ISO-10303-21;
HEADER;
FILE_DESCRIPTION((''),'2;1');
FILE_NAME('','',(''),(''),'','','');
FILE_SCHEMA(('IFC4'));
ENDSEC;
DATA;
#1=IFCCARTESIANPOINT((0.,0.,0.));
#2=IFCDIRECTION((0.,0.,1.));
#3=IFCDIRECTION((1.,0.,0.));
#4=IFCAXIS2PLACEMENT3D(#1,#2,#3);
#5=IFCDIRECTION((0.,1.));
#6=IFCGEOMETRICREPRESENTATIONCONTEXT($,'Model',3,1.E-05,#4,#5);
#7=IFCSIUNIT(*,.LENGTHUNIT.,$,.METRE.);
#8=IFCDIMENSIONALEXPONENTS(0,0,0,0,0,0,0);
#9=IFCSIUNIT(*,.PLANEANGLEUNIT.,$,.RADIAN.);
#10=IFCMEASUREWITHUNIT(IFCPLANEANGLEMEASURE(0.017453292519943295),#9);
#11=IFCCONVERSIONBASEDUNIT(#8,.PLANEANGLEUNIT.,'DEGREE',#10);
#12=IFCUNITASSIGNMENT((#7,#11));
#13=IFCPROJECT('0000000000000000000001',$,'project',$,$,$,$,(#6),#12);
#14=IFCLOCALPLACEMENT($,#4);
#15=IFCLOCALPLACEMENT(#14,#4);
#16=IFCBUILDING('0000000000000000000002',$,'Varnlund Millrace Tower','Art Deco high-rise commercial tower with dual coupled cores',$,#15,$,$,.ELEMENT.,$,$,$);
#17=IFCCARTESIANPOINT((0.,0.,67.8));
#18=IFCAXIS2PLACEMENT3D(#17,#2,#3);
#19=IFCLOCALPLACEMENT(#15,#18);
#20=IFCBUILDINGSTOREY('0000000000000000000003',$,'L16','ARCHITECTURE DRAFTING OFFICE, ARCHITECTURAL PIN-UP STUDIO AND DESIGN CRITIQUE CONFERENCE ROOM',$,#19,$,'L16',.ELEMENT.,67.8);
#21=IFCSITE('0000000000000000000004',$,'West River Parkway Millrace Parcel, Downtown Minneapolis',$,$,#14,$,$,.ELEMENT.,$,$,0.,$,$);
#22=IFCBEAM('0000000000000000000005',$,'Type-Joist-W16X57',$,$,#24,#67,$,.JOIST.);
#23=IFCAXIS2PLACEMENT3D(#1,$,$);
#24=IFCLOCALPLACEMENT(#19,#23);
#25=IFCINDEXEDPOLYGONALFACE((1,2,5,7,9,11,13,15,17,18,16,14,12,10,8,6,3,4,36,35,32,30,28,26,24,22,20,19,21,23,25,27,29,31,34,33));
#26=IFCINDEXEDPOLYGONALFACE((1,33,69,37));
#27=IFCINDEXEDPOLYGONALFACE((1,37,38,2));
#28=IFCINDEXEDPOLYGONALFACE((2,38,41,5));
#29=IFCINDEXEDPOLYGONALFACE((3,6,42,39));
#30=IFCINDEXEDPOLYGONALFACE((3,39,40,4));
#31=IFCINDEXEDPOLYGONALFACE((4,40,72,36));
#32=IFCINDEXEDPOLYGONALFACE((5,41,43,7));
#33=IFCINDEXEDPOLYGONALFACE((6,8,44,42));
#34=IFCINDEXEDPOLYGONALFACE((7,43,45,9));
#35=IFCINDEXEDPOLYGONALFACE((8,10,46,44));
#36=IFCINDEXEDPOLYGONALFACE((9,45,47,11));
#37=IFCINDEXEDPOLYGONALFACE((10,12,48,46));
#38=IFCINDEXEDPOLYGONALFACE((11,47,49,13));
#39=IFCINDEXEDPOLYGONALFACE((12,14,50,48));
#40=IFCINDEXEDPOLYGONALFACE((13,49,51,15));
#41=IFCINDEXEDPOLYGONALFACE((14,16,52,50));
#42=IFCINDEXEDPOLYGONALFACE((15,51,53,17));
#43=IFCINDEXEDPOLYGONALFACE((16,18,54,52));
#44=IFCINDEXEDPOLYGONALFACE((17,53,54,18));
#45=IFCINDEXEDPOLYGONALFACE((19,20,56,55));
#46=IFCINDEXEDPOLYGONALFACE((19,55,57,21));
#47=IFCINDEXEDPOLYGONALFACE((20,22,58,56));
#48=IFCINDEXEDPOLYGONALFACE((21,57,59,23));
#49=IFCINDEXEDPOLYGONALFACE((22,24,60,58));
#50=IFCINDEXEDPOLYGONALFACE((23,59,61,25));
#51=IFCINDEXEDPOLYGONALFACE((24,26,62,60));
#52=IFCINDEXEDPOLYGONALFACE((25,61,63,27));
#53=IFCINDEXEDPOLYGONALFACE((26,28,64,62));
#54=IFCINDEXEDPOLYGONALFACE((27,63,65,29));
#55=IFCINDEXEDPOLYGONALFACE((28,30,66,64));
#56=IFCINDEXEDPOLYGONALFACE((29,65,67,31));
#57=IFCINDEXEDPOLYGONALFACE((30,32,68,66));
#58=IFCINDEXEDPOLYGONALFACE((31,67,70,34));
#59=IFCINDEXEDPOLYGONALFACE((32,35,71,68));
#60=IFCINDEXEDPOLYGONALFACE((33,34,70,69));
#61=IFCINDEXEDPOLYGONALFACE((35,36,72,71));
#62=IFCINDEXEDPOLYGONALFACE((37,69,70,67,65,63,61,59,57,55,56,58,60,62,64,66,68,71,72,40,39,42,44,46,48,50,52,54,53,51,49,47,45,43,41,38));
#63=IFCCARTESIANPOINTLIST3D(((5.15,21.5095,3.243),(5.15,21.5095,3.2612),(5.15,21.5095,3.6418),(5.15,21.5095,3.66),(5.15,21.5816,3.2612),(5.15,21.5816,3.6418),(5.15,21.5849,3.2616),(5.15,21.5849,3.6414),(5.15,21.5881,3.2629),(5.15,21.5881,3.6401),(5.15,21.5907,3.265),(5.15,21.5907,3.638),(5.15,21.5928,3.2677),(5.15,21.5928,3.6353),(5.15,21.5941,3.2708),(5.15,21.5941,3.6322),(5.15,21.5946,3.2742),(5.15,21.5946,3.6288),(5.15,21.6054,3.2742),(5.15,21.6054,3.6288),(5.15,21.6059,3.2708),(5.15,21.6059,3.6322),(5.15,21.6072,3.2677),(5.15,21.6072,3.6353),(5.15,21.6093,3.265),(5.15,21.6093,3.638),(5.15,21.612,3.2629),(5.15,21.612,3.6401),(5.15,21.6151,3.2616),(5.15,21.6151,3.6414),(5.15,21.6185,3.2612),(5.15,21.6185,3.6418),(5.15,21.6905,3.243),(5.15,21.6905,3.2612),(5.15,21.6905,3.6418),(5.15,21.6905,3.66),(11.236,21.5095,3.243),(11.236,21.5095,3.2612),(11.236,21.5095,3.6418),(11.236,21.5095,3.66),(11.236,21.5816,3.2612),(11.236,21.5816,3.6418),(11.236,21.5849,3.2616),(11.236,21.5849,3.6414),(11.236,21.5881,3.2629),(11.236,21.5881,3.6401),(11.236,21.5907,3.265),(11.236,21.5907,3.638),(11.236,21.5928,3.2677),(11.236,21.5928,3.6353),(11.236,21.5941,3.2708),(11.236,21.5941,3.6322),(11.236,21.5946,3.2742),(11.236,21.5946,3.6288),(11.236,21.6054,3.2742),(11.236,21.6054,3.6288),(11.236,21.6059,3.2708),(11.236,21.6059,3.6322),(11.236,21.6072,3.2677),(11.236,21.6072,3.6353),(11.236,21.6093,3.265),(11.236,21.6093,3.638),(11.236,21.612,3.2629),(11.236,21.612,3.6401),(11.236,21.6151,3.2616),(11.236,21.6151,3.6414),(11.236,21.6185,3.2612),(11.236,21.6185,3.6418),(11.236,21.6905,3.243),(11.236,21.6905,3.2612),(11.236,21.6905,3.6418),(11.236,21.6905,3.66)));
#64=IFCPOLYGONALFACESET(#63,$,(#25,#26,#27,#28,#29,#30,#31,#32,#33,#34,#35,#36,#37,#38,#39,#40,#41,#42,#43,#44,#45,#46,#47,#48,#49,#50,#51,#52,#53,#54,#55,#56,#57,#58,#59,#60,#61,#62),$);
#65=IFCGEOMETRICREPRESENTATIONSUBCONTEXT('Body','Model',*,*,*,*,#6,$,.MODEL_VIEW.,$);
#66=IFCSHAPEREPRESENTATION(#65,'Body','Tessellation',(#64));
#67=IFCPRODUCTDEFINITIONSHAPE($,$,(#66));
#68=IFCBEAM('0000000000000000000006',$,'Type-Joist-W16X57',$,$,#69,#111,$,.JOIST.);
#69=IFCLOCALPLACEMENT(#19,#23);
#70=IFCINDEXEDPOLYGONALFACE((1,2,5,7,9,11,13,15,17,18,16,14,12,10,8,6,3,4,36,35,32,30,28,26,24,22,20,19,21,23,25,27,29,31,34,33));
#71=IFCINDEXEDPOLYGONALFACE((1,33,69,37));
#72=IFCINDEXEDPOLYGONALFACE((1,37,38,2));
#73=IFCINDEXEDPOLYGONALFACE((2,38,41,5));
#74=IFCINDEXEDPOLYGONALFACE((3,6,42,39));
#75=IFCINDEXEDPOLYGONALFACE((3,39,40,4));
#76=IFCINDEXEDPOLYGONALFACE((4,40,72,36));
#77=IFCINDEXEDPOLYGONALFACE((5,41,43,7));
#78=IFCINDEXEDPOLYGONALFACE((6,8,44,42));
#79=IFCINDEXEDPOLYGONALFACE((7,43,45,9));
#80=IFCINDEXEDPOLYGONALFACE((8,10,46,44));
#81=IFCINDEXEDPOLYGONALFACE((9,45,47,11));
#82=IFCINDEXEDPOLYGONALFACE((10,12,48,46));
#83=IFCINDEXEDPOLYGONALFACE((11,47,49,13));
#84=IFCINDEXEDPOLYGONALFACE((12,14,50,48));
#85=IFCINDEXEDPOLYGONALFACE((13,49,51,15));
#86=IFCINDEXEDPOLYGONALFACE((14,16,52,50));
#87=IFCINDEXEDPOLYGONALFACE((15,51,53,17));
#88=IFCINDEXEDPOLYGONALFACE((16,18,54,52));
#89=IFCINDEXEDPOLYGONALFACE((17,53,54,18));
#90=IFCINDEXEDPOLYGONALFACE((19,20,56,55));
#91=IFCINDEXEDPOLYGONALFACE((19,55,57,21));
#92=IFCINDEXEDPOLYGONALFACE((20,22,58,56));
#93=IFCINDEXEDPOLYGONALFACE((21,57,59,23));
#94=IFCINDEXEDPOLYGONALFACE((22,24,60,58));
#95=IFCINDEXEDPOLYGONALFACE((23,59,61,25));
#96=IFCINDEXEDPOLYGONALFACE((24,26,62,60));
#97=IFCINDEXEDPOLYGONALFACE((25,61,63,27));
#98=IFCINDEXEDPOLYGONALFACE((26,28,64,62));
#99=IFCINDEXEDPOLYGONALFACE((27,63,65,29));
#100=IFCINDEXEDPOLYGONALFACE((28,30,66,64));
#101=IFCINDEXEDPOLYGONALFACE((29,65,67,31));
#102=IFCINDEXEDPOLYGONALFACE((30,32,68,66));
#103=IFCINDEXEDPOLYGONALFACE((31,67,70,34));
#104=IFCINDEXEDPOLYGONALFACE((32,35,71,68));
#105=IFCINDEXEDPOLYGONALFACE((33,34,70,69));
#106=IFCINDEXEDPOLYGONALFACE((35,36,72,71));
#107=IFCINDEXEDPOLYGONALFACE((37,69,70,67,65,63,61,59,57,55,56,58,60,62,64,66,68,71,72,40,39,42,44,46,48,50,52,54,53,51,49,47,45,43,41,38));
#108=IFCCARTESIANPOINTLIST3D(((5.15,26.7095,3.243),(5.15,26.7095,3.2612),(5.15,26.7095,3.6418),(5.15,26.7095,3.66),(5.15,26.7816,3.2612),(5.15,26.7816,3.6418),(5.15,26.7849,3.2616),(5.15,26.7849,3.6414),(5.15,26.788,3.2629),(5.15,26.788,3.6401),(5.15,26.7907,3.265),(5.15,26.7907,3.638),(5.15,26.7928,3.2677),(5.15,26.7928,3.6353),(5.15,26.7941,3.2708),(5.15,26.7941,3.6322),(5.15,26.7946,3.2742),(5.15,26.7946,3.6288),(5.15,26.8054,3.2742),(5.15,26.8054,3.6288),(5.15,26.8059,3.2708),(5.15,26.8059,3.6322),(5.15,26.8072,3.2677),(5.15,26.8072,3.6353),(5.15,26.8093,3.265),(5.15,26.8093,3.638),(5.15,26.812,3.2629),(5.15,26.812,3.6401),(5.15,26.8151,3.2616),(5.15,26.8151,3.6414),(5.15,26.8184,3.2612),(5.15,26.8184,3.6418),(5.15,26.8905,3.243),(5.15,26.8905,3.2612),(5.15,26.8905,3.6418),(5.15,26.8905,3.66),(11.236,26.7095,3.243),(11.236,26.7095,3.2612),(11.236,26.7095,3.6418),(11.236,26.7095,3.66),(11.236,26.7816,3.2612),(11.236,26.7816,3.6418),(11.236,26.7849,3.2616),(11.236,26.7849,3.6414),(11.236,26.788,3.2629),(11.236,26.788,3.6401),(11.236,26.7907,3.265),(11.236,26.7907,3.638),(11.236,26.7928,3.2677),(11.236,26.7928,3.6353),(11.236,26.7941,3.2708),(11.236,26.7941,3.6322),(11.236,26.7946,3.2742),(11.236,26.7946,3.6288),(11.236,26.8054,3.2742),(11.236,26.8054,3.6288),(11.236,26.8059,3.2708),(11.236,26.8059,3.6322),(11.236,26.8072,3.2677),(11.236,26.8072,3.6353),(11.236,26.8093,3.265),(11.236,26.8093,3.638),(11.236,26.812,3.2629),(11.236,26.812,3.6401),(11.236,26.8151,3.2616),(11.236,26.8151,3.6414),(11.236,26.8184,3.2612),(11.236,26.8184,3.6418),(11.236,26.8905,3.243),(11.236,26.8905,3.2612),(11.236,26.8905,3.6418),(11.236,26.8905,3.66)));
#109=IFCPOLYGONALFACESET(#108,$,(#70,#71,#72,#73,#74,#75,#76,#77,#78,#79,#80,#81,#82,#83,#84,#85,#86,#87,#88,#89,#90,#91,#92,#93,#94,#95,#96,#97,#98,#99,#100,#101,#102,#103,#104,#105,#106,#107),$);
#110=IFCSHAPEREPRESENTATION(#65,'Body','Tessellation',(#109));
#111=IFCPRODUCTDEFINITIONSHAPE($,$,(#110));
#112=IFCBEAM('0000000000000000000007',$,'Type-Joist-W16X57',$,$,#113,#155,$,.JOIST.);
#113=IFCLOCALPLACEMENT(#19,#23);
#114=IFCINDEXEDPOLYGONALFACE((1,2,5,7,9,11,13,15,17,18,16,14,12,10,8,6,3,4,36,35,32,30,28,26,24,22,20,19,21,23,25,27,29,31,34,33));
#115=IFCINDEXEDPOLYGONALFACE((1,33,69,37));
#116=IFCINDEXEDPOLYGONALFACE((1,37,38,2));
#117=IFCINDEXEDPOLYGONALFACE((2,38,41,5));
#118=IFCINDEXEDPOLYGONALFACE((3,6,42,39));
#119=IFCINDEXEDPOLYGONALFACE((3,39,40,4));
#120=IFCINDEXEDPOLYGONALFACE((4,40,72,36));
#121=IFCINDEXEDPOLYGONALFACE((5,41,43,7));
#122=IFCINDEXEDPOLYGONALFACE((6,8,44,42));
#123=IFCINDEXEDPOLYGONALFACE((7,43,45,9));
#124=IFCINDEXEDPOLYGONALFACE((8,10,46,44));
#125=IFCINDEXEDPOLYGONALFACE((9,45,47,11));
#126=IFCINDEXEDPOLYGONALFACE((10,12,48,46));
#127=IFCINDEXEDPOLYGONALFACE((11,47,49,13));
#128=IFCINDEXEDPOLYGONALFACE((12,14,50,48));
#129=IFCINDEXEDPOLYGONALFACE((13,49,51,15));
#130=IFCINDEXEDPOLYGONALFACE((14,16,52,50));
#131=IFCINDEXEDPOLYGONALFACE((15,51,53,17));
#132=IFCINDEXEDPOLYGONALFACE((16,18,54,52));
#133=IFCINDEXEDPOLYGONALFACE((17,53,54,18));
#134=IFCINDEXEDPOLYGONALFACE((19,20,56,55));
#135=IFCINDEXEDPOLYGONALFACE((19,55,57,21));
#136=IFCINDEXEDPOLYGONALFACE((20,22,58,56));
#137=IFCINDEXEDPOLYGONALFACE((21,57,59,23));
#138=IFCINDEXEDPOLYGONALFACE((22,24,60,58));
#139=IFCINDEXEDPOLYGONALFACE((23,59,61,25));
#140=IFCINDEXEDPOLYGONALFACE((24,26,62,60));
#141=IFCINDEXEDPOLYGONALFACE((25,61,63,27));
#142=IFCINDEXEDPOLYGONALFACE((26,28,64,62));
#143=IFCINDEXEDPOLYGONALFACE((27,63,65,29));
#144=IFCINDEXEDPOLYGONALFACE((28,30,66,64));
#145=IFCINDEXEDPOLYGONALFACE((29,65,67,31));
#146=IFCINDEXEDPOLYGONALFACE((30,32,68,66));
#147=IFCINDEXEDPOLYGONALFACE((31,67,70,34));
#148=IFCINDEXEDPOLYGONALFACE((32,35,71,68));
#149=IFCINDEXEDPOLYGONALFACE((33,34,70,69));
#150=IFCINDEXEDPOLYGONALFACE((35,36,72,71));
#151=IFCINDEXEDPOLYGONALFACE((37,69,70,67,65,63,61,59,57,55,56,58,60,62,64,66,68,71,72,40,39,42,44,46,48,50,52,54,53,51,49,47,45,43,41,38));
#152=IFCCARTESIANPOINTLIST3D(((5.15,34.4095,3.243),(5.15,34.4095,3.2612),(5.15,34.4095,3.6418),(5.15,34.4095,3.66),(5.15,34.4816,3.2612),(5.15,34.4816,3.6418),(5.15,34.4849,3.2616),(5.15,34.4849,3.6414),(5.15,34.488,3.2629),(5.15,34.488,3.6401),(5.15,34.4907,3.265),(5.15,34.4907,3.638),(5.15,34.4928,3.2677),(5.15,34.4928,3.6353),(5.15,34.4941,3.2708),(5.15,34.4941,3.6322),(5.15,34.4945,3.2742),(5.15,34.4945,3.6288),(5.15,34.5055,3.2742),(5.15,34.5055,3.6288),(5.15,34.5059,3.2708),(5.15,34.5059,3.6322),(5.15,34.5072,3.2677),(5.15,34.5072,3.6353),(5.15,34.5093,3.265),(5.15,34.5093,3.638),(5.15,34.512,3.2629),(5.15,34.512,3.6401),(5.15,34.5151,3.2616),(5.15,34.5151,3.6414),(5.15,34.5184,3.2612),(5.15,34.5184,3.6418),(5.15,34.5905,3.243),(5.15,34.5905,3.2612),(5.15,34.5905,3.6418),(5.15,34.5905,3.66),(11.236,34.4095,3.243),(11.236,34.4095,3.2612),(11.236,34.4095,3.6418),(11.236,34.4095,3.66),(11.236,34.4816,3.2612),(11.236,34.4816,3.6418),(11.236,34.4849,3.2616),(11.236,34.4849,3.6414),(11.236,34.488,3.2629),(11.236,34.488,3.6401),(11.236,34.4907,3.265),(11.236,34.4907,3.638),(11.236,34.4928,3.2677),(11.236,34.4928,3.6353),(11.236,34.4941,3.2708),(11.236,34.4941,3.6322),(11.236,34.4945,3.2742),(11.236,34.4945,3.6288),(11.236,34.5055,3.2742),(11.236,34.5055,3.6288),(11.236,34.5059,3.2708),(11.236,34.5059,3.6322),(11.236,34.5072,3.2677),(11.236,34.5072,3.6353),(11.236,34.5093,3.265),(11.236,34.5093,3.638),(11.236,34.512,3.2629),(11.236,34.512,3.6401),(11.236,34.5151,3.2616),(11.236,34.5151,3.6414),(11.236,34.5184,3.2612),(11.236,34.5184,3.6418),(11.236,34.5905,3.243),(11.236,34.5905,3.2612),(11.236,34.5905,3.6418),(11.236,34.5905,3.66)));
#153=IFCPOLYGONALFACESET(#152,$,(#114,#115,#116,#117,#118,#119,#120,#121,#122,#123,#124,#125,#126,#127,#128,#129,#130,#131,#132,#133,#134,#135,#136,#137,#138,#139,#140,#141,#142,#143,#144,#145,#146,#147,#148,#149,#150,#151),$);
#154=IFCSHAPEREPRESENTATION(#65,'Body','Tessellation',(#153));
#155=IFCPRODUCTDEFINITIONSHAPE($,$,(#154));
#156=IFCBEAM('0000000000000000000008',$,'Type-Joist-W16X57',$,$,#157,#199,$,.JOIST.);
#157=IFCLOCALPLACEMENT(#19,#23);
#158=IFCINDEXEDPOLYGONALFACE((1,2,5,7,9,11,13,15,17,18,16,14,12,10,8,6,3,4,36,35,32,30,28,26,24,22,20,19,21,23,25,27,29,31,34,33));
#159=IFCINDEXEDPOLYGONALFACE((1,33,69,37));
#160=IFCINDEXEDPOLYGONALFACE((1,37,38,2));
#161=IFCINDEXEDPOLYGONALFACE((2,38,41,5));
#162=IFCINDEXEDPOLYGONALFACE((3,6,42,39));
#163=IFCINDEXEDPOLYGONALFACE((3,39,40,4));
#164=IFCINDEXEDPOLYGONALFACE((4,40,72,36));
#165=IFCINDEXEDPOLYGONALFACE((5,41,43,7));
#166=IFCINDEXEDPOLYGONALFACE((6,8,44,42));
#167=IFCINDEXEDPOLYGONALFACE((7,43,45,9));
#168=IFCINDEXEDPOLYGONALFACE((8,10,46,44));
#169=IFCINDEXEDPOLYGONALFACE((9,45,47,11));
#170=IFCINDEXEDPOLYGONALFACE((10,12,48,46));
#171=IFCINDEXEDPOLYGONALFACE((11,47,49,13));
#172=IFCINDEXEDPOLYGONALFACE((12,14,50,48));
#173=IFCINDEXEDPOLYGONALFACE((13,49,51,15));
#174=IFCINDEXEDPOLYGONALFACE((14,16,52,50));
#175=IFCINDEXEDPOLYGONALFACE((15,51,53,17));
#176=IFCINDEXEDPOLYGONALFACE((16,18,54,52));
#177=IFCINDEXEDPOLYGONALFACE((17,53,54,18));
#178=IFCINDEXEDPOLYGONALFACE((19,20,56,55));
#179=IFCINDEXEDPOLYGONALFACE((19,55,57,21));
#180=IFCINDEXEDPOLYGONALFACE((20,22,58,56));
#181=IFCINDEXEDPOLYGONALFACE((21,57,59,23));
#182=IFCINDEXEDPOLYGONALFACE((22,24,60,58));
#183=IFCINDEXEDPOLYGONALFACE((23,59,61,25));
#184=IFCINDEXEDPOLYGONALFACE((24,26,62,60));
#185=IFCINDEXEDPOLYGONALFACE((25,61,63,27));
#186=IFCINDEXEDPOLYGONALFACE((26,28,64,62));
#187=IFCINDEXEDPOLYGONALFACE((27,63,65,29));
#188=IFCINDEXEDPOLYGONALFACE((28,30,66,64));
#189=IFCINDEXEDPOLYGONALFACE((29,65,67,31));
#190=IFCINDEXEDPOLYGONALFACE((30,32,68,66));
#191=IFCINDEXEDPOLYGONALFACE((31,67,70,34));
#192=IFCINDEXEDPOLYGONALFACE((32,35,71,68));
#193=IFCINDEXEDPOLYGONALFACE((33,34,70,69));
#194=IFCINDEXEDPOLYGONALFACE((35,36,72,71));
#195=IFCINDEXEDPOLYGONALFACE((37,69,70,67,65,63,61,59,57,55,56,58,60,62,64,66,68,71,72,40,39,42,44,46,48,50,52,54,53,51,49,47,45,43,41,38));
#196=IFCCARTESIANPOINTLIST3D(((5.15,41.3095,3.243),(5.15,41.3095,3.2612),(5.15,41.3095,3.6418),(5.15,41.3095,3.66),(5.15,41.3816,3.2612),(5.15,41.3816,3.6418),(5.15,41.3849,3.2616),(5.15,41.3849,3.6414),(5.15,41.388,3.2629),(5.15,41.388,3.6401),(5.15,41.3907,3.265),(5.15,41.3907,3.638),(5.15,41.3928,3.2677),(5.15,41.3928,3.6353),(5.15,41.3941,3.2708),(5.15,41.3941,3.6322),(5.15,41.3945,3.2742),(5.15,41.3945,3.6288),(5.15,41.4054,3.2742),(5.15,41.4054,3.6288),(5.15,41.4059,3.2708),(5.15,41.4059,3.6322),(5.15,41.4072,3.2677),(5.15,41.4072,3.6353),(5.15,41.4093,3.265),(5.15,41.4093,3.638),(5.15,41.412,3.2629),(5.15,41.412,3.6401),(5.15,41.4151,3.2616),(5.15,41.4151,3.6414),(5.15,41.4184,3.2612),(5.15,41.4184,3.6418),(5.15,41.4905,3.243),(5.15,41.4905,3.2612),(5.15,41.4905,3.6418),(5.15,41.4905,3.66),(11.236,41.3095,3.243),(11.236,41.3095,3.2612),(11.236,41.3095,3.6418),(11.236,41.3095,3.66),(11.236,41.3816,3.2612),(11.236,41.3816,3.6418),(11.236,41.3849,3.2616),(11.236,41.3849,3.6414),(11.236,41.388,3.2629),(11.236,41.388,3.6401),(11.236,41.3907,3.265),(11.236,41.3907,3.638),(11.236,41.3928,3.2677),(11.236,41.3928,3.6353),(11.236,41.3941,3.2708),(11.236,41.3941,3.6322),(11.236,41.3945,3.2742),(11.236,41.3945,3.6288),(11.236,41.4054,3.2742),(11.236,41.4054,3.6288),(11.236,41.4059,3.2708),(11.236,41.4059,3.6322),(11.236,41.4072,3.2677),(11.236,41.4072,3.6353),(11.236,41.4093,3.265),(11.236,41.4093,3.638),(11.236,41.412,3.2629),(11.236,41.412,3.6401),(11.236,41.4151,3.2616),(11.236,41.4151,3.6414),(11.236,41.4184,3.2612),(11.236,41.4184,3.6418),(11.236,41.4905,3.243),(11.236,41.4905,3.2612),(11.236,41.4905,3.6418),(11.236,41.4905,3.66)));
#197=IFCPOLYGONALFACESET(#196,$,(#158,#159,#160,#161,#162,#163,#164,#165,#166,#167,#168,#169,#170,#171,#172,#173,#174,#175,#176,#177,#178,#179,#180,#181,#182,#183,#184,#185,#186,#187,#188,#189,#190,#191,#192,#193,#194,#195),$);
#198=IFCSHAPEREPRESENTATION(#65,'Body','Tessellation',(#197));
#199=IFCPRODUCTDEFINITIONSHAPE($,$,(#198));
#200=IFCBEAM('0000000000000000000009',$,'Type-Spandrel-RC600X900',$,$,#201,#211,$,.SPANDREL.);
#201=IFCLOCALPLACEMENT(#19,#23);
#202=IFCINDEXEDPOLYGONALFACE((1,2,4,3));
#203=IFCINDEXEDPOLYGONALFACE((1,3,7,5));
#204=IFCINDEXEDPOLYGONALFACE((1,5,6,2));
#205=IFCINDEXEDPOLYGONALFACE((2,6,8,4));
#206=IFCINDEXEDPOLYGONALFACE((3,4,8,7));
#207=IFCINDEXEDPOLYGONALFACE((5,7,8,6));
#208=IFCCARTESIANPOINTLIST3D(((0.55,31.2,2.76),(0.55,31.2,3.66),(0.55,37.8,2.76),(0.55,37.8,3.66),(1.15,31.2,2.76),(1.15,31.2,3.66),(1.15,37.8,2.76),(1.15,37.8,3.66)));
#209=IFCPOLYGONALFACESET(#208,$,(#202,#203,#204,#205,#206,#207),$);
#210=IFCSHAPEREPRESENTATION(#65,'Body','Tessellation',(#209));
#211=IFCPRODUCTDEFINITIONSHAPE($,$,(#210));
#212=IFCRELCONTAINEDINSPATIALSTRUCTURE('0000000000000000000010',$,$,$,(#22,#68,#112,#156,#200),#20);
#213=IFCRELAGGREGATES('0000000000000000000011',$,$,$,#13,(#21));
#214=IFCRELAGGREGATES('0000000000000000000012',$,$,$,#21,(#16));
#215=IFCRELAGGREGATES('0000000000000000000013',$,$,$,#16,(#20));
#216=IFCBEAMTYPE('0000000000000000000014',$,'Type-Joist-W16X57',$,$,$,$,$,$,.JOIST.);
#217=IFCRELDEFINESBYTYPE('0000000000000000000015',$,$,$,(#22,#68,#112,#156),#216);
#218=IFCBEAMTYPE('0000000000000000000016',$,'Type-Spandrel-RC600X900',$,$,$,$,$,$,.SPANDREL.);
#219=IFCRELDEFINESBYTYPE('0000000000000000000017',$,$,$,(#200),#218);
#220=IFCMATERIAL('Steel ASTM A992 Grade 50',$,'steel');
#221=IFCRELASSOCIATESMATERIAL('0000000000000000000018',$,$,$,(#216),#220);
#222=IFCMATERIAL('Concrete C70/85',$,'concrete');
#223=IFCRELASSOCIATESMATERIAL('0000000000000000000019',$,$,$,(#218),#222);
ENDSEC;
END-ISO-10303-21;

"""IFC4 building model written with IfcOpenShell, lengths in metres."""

from ifc_helpers import new_model, entity, si_unit, converted_unit, direction, frame, origin_with_axes, origin_2d_with_axis, place, context, subcontext, project, spatial, rectangle, i_section, extrude, material, material_profile, profile_set, type_object, element, save


model = new_model("IFC4")

# Units and contexts
model_context = context("Model", 3, precision=1e-05, world=origin_with_axes(), true_north=direction((0.0, 1.0)))
body_context = subcontext(model_context, "Body", "Model", "MODEL_VIEW")
ifc_project = project(units=[si_unit("LENGTHUNIT", "METRE"), converted_unit("PLANEANGLEUNIT", "DEGREE", entity("IfcPlaneAngleMeasure", 0.017453292519943295), si_unit("PLANEANGLEUNIT", "RADIAN"), dimensions=[0, 0, 0, 0, 0, 0, 0])], contexts=[model_context])

# Site, building, storey
site_placement = place(None, origin_with_axes())
site = spatial("IfcSite", under=ifc_project, at=site_placement, Name="West River Parkway Millrace Parcel, Downtown Minneapolis", CompositionType="ELEMENT", RefElevation=0.0)
building_placement = place(site_placement, origin_with_axes())
building = spatial("IfcBuilding", under=site, at=building_placement, Name="Varnlund Millrace Tower", Description="Art Deco high-rise commercial tower with dual coupled cores", CompositionType="ELEMENT")
storey_placement = place(building_placement, frame((0.0, 0.0, 67.8), z_axis=(0.0, 0.0, 1.0), x_axis=(1.0, 0.0, 0.0)))
storey = spatial("IfcBuildingStorey", under=building, at=storey_placement, Name="L16", Description="ARCHITECTURE DRAFTING OFFICE, ARCHITECTURAL PIN-UP STUDIO AND DESIGN CRITIQUE CONFERENCE ROOM", LongName="L16", CompositionType="ELEMENT", Elevation=67.8)

# Beams
ifc_material_1 = material(Name="Steel ASTM A992 Grade 50", Category="steel")
ifc_material_profile_1 = material_profile(ifc_material_1, i_section(OverallWidth=0.181, OverallDepth=0.417, WebThickness=0.0109, FlangeThickness=0.0182, FilletRadius=0.013, at=origin_2d_with_axis()), Name="Steel ASTM A992 Grade 50")
ifc_profile_set_1 = profile_set([ifc_material_profile_1], Name="Steel ASTM A992 Grade 50")
beam_type_1 = type_object("IfcBeamType", Name="Type-Joist-W16X57", PredefinedType="JOIST", material=ifc_profile_set_1)
for number, where, z_axis, x_axis, name in (
    (1, (5.15, 21.6, 3.4515), (1.0, 0.0, 0.0), (0.0, 1.0, 0.0), "Type-Joist-W16X57"),
    (2, (5.15, 26.8, 3.4515), (1.0, 0.0, 0.0), (0.0, 1.0, 0.0), "Type-Joist-W16X57"),
    (3, (5.15, 34.5, 3.4515), (1.0, 0.0, 0.0), (0.0, 1.0, 0.0), "Type-Joist-W16X57"),
    (4, (5.15, 41.4, 3.4515), (1.0, 0.0, 0.0), (0.0, 1.0, 0.0), "Type-Joist-W16X57"),
):
    element("IfcBeam", number, at=place(storey_placement, frame(where, z_axis=z_axis, x_axis=x_axis)), inside=storey, type_object=beam_type_1, Name=name, PredefinedType="JOIST", context=body_context, shape_type="SweptSolid", body=[
        extrude(i_section(OverallWidth=0.181, OverallDepth=0.417, WebThickness=0.0109, FlangeThickness=0.0182, FilletRadius=0.013, at=origin_2d_with_axis()), origin_with_axes(), (0.0, 0.0, 1.0), 6.086),
    ])
ifc_material_2 = material(Name="Concrete C70/85", Category="concrete")
ifc_material_profile_2 = material_profile(ifc_material_2, rectangle(XDim=0.6, YDim=0.9, at=origin_2d_with_axis()), Name="Concrete C70/85")
ifc_profile_set_2 = profile_set([ifc_material_profile_2], Name="Concrete C70/85")
beam_type_2 = type_object("IfcBeamType", Name="Type-Spandrel-RC600X900", PredefinedType="SPANDREL", material=ifc_profile_set_2)
beam_1_placement = place(storey_placement, frame((0.85, 31.2, 3.21), z_axis=(0.0, 1.0, 0.0), x_axis=(-1.0, 0.0, 0.0)))
element("IfcBeam", 5, at=beam_1_placement, inside=storey, type_object=beam_type_2, Name="Type-Spandrel-RC600X900", PredefinedType="SPANDREL", context=body_context, shape_type="SweptSolid", body=[
    extrude(rectangle(XDim=0.6, YDim=0.9, at=origin_2d_with_axis()), origin_with_axes(), (0.0, 0.0, 1.0), 6.6),
])

save(model, "model.ifc")
